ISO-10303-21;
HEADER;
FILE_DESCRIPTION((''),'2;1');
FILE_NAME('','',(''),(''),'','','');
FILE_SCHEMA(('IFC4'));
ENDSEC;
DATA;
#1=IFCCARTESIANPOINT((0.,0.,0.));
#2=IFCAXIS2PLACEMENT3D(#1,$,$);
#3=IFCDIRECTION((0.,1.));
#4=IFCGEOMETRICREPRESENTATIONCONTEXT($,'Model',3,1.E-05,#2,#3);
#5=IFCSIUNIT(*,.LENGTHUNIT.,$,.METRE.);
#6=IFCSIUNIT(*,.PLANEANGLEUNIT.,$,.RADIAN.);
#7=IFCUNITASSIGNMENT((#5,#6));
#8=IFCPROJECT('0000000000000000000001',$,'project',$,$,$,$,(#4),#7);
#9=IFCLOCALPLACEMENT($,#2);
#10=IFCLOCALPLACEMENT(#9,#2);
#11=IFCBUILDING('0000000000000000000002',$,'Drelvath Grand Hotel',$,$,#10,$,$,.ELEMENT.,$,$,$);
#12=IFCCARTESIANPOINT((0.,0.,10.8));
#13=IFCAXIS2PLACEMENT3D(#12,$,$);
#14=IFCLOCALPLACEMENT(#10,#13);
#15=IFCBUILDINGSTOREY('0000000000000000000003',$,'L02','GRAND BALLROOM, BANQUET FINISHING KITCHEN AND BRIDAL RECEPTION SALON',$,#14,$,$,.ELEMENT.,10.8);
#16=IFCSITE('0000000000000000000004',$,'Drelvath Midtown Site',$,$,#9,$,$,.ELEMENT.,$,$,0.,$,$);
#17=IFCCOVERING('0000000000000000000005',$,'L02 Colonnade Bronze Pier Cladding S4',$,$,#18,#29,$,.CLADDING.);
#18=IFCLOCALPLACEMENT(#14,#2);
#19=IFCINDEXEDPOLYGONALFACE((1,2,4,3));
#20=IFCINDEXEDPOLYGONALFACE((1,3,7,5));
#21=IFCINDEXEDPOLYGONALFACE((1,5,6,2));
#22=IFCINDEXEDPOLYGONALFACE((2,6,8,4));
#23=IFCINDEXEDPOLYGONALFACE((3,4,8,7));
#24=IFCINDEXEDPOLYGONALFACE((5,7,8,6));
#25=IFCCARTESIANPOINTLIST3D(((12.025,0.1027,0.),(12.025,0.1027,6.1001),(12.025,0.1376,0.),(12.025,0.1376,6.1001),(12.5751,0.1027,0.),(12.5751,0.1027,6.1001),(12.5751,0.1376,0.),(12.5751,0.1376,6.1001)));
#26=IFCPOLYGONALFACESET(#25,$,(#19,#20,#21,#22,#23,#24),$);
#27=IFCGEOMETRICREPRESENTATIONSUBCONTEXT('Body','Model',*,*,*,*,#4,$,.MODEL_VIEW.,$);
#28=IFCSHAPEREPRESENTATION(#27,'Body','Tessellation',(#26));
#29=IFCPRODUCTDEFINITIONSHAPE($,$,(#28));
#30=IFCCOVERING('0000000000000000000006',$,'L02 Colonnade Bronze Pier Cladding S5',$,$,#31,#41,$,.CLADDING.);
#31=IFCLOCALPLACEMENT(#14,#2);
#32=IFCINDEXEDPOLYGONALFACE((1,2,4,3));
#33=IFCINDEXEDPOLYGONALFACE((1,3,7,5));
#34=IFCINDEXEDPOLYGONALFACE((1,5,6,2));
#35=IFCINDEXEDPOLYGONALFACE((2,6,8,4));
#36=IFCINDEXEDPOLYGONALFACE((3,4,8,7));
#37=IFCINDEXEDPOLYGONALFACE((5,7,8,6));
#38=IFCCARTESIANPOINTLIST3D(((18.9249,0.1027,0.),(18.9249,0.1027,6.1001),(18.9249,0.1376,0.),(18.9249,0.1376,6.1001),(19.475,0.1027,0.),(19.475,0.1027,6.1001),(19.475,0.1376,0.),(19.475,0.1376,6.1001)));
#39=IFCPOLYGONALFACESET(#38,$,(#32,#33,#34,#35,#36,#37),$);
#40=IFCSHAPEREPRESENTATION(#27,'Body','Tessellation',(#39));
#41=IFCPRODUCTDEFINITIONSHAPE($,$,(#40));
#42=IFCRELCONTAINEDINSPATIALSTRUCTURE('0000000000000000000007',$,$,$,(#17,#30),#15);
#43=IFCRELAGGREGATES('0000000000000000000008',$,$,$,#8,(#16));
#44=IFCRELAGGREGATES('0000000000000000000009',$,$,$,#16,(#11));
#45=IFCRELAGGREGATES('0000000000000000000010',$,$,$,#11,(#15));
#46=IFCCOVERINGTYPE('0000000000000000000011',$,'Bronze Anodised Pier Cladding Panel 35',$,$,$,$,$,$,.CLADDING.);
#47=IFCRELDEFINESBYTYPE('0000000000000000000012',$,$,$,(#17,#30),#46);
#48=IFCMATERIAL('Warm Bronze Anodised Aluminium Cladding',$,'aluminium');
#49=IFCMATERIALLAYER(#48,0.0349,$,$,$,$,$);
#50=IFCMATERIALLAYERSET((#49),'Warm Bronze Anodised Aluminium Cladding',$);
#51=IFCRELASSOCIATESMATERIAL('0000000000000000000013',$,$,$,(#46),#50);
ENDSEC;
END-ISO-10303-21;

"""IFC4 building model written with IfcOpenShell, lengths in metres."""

from ifc_helpers import new_model, si_unit, direction, frame, origin, origin_2d, place, context, subcontext, project, spatial, rectangle, extrude, material, layer, layer_set, type_object, element, save


model = new_model("IFC4")

# Units and contexts
model_context = context("Model", 3, precision=1e-05, world=origin(), true_north=direction((0.0, 1.0)))
body_context = subcontext(model_context, "Body", "Model", "MODEL_VIEW")
ifc_project = project(units=[si_unit("LENGTHUNIT", "METRE"), si_unit("PLANEANGLEUNIT", "RADIAN")], contexts=[model_context])

# Site, building, storey
site_placement = place(None, origin())
site = spatial("IfcSite", under=ifc_project, at=site_placement, Name="Drelvath Midtown Site", CompositionType="ELEMENT", RefElevation=0.0)
building_placement = place(site_placement, origin())
building = spatial("IfcBuilding", under=site, at=building_placement, Name="Drelvath Grand Hotel", CompositionType="ELEMENT")
storey_placement = place(building_placement, frame((0.0, 0.0, 10.8)))
storey = spatial("IfcBuildingStorey", under=building, at=storey_placement, Name="L02", Description="GRAND BALLROOM, BANQUET FINISHING KITCHEN AND BRIDAL RECEPTION SALON", CompositionType="ELEMENT", Elevation=10.8)

# Coverings
ifc_material_1 = material(Name="Warm Bronze Anodised Aluminium Cladding", Category="aluminium")
ifc_layer_1 = layer(ifc_material_1, 0.0349)
ifc_layer_set_1 = layer_set([ifc_layer_1], Name="Warm Bronze Anodised Aluminium Cladding")
covering_type = type_object("IfcCoveringType", Name="Bronze Anodised Pier Cladding Panel 35", PredefinedType="CLADDING", material=ifc_layer_set_1)
for number, where, z_axis, x_axis, name in (
    (1, (12.3, 0.1201, 0.0), (0.0, 0.0, 1.0), (1.0, 0.0, 0.0), "L02 Colonnade Bronze Pier Cladding S4"),
    (2, (19.2, 0.1201, 0.0), (0.0, 0.0, 1.0), (1.0, 0.0, 0.0), "L02 Colonnade Bronze Pier Cladding S5"),
):
    element("IfcCovering", number, at=place(storey_placement, frame(where, z_axis=z_axis, x_axis=x_axis)), inside=storey, type_object=covering_type, Name=name, PredefinedType="CLADDING", context=body_context, shape_type="SweptSolid", body=[
        extrude(rectangle(XDim=0.55, YDim=0.0349, at=origin_2d()), origin(), (0.0, 0.0, 1.0), 6.1001),
    ])

save(model, "model.ifc")
